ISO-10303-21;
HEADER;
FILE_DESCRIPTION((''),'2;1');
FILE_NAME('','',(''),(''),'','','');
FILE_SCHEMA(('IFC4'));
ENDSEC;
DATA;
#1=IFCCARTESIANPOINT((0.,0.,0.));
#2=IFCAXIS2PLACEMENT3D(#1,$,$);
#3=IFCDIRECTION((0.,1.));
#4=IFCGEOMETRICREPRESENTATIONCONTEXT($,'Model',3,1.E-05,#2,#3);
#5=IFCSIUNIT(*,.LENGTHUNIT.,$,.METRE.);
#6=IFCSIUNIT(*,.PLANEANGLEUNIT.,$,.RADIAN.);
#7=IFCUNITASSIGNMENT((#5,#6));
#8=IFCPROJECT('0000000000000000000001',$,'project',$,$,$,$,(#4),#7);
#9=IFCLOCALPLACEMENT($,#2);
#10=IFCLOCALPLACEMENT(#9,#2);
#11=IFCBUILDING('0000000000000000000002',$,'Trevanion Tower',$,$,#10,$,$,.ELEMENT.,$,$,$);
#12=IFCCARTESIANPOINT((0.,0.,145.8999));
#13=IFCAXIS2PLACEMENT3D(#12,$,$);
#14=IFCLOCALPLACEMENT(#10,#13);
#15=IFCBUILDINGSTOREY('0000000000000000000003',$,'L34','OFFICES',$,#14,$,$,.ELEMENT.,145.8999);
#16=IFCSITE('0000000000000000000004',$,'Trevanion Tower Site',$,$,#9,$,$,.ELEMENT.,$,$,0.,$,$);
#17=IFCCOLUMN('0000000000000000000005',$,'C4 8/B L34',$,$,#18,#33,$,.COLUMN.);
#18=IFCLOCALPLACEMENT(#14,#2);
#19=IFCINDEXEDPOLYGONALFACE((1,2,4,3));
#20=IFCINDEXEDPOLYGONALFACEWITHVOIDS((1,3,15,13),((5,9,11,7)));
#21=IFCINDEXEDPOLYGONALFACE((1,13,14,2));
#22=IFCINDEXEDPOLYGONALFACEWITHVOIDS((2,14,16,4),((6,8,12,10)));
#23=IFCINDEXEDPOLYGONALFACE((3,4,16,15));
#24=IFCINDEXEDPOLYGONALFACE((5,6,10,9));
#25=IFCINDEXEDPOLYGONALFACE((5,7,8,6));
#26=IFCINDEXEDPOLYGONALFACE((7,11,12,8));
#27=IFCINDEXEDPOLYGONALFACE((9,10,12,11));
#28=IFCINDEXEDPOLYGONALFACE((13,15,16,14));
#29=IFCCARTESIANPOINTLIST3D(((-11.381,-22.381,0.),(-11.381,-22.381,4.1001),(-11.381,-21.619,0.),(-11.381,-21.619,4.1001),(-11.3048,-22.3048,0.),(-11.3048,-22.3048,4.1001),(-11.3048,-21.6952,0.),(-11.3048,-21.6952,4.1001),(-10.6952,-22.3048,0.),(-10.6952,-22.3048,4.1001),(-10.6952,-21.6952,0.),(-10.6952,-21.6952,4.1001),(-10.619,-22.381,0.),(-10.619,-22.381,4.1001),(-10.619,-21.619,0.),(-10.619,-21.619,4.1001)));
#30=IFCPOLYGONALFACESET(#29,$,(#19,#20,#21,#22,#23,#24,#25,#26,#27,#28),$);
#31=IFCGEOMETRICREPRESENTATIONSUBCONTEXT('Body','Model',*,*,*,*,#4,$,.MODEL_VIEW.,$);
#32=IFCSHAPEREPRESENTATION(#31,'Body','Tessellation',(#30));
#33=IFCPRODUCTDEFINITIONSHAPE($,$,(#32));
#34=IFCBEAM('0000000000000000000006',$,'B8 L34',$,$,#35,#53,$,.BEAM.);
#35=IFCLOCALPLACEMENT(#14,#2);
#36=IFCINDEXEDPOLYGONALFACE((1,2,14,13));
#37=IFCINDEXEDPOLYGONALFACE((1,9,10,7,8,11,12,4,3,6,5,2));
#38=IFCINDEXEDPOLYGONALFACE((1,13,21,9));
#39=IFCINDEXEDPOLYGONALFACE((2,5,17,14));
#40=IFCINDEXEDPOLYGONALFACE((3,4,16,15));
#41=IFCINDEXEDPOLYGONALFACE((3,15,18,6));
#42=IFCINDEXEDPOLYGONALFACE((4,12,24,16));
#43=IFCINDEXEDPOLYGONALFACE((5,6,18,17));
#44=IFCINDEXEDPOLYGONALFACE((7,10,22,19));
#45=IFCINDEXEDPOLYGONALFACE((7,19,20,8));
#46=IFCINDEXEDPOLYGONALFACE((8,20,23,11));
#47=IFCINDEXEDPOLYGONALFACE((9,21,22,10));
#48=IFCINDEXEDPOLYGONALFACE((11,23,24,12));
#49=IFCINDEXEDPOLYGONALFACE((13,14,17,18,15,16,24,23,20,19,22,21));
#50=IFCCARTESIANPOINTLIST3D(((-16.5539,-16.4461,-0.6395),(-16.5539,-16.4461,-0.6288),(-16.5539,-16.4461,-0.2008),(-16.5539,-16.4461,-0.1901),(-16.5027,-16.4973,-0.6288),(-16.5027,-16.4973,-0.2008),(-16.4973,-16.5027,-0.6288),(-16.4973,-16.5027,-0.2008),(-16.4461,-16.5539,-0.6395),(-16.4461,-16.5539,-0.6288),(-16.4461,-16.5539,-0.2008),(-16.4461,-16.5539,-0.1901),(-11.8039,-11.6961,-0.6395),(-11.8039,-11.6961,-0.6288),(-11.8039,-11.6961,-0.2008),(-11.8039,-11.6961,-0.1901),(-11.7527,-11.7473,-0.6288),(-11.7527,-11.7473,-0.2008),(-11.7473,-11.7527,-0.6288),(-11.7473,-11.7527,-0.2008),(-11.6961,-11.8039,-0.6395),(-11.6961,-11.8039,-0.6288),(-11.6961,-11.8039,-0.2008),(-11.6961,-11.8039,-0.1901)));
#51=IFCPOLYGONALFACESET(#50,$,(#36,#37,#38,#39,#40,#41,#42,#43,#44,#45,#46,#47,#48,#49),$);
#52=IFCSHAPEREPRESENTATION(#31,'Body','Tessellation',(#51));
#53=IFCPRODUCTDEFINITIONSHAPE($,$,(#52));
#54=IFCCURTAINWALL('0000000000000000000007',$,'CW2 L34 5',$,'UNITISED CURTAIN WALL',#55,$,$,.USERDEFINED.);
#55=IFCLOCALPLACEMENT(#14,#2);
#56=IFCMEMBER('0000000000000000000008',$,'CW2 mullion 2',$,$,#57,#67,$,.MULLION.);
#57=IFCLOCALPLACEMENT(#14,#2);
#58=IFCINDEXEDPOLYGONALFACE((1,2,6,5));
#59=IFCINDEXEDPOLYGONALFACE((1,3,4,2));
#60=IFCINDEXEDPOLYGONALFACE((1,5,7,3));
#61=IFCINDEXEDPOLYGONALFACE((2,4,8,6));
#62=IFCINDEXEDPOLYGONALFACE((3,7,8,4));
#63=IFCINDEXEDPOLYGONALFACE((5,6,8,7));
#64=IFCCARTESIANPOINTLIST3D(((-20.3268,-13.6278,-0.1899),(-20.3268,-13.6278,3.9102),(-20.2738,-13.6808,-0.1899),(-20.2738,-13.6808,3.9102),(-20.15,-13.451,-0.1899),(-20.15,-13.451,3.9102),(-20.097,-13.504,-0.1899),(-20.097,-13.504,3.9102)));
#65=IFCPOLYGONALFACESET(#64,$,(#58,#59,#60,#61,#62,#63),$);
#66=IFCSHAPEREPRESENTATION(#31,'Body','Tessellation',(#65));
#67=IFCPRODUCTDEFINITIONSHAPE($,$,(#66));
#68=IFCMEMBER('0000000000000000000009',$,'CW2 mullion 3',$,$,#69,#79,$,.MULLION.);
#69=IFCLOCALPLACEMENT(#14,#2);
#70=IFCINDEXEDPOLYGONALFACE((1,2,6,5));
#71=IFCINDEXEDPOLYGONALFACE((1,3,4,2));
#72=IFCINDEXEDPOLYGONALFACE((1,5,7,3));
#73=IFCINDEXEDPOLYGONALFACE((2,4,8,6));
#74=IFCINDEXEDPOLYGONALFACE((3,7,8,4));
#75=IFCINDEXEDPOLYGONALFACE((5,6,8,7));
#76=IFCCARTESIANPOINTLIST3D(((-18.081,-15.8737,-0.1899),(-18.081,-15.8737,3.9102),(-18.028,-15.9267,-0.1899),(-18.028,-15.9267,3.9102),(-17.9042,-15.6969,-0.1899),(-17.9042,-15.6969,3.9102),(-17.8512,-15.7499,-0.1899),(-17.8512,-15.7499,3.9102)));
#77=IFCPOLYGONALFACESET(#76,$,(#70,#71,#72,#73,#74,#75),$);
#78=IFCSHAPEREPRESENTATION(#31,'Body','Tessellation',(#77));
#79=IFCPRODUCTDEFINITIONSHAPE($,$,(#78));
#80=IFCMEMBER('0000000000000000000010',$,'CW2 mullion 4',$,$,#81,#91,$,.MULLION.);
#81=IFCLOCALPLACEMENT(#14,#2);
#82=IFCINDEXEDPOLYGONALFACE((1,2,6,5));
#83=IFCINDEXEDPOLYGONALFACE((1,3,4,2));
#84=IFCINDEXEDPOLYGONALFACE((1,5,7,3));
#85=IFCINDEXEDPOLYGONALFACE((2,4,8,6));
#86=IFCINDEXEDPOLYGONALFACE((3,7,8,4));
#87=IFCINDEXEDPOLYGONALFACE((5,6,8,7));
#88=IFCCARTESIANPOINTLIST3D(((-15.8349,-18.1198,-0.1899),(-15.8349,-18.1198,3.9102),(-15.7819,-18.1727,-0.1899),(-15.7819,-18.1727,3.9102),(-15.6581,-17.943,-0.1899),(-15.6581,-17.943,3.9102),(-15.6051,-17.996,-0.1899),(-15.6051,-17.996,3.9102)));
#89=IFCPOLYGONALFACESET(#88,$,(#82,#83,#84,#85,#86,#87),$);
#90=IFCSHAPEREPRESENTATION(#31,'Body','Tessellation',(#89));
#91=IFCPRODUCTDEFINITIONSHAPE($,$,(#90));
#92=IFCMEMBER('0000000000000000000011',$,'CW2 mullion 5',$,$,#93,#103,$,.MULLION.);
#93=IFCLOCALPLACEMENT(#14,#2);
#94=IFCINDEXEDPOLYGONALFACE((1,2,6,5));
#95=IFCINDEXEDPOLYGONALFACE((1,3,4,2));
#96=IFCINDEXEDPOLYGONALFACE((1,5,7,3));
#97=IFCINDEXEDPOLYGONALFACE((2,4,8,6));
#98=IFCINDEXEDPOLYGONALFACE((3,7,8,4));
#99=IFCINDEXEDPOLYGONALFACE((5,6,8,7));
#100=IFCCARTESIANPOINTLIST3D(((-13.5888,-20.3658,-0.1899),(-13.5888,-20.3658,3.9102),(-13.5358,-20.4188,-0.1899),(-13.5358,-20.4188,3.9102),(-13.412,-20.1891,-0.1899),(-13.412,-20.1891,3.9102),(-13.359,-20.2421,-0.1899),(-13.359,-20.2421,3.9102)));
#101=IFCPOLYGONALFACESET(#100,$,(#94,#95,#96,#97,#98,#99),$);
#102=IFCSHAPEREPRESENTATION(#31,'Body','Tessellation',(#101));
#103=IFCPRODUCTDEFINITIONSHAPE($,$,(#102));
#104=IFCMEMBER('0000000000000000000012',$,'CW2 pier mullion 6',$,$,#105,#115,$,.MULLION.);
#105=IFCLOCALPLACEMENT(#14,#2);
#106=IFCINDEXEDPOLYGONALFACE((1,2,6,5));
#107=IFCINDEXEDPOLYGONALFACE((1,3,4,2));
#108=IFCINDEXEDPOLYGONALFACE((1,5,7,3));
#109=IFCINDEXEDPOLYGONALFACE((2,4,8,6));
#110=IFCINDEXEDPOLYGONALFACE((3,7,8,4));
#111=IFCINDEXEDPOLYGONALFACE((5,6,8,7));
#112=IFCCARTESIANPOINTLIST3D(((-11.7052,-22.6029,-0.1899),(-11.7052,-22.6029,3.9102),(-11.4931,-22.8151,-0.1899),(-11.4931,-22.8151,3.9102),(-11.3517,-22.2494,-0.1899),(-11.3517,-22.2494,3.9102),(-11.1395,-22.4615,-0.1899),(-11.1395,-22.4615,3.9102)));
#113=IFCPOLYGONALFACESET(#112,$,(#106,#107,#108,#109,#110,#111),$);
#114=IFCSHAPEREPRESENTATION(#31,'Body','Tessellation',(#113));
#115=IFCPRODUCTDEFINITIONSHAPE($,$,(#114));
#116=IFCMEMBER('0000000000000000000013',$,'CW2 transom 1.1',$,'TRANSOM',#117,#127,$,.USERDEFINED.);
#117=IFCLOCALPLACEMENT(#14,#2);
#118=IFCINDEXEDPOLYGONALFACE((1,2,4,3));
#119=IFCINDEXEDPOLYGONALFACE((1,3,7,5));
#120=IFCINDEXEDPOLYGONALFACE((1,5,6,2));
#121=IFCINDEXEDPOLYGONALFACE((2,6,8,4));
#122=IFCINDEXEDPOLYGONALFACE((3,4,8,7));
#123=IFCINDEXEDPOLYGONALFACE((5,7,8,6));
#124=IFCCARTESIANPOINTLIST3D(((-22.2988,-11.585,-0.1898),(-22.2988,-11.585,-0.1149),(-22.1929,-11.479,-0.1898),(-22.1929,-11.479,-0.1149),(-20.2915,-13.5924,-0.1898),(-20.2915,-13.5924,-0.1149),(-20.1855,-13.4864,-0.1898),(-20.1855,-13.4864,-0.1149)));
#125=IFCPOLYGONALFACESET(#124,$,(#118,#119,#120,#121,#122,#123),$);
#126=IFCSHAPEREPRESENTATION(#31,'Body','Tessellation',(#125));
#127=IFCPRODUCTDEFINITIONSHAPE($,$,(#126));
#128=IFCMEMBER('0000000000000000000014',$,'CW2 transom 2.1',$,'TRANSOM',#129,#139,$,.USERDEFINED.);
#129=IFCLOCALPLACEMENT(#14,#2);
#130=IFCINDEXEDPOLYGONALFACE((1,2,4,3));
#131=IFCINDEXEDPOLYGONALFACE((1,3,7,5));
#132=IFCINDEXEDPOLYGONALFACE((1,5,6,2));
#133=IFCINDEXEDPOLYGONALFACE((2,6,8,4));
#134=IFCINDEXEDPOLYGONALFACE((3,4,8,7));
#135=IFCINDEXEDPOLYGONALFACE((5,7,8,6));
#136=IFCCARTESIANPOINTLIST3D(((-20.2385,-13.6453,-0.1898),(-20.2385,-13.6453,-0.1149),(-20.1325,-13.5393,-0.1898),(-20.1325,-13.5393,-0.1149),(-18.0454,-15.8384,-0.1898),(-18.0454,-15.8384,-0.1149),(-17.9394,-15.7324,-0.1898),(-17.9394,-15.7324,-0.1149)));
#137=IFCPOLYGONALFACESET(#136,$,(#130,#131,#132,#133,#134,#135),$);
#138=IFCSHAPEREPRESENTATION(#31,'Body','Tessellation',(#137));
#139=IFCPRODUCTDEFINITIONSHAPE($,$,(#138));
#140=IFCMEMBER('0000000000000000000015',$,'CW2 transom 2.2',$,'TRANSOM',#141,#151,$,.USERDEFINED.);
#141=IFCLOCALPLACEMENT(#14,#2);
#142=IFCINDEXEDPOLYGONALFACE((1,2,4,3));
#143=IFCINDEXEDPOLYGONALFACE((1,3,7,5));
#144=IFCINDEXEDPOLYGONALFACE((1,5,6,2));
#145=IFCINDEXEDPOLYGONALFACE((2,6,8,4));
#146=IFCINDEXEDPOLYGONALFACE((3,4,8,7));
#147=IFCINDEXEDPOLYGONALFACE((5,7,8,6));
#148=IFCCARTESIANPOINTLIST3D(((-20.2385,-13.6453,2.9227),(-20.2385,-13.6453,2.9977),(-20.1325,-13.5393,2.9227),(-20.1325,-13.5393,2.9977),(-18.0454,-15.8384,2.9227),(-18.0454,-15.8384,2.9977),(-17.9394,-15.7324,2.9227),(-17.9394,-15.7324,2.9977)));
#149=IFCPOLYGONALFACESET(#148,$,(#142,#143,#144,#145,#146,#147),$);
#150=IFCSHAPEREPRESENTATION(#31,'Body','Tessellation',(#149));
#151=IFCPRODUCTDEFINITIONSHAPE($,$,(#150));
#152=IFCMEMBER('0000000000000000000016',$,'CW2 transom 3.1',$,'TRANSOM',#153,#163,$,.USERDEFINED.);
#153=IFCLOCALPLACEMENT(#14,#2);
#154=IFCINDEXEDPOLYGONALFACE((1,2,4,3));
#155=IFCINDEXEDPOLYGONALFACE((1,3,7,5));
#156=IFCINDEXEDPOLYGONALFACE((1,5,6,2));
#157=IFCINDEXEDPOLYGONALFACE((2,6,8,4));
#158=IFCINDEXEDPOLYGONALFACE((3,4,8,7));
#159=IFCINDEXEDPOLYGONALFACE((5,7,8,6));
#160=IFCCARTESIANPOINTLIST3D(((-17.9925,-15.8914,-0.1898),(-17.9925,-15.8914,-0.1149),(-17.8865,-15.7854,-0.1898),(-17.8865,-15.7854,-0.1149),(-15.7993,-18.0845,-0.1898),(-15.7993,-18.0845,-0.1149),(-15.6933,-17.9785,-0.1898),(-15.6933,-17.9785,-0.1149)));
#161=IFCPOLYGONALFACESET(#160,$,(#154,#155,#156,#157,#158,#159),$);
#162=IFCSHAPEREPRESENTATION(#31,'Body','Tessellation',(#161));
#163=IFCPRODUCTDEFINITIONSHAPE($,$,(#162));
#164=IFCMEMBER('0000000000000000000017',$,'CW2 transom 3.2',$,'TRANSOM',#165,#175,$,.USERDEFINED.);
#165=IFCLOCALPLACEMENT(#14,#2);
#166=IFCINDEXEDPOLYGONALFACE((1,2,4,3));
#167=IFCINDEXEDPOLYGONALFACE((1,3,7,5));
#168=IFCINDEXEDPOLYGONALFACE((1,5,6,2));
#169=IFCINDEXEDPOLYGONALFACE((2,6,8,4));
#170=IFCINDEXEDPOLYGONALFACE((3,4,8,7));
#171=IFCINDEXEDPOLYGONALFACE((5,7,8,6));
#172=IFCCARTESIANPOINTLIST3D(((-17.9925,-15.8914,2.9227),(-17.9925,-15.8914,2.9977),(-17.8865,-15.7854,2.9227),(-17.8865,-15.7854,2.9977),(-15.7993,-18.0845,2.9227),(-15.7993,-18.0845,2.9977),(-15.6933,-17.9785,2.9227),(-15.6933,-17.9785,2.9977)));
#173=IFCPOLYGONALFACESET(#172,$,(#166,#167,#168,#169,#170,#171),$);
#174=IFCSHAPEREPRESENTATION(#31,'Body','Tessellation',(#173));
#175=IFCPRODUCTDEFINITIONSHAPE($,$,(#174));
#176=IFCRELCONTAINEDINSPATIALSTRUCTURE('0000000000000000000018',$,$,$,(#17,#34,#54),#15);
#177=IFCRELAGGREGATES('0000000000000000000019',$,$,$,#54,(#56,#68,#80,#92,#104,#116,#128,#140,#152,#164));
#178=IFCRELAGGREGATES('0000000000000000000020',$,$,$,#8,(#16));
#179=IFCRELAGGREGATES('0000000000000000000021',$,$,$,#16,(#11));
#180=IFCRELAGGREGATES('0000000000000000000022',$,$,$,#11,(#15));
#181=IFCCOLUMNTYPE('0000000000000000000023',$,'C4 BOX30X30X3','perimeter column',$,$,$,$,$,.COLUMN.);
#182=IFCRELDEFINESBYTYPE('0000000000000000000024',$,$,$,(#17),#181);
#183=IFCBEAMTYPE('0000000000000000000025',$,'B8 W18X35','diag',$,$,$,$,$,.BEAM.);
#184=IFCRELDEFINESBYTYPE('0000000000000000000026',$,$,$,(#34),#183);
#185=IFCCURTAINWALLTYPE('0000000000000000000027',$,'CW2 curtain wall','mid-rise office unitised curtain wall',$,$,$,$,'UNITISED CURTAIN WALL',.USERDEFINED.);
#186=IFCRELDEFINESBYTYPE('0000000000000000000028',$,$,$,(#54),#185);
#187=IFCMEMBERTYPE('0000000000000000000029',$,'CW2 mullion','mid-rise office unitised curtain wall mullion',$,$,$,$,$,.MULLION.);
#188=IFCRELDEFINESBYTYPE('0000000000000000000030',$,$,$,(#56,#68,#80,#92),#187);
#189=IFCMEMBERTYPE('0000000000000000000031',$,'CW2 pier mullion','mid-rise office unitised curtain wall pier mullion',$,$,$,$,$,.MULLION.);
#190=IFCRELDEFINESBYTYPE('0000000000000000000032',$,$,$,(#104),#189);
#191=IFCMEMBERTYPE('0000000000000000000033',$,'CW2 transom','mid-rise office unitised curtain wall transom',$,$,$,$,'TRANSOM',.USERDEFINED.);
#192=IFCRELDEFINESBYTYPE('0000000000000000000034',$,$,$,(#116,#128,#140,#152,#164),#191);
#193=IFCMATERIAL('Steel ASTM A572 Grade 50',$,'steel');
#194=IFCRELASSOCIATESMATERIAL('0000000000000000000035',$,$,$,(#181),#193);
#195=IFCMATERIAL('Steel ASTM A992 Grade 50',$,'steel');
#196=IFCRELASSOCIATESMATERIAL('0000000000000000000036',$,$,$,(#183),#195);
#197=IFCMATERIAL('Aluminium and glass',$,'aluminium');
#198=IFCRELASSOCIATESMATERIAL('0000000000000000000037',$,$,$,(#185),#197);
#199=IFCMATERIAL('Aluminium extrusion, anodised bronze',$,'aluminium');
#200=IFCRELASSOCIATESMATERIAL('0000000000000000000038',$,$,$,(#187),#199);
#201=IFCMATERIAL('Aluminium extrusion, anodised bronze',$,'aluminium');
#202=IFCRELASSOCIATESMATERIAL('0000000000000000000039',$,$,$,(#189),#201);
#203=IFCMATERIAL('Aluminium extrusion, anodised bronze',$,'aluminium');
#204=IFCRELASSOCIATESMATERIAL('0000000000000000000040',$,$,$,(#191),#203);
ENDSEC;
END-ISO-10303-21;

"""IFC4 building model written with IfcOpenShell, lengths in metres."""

from ifc_helpers import new_model, si_unit, direction, frame, origin, origin_2d, place, context, subcontext, project, spatial, rectangle, hollow_rectangle, i_section, extrude, material, material_profile, profile_set, type_object, element, aggregate, save


model = new_model("IFC4")

# Units and contexts
model_context = context("Model", 3, precision=1e-05, world=origin(), true_north=direction((0.0, 1.0)))
body_context = subcontext(model_context, "Body", "Model", "MODEL_VIEW")
ifc_project = project(units=[si_unit("LENGTHUNIT", "METRE"), si_unit("PLANEANGLEUNIT", "RADIAN")], contexts=[model_context])

# Site, building, storey
site_placement = place(None, origin())
site = spatial("IfcSite", under=ifc_project, at=site_placement, Name="Trevanion Tower Site", CompositionType="ELEMENT", RefElevation=0.0)
building_placement = place(site_placement, origin())
building = spatial("IfcBuilding", under=site, at=building_placement, Name="Trevanion Tower", CompositionType="ELEMENT")
storey_placement = place(building_placement, frame((0.0, 0.0, 145.8999)))
storey = spatial("IfcBuildingStorey", under=building, at=storey_placement, Name="L34", Description="OFFICES", CompositionType="ELEMENT", Elevation=145.8999)

# Column
ifc_material_1 = material(Name="Steel ASTM A572 Grade 50", Category="steel")
ifc_material_profile_1 = material_profile(ifc_material_1, hollow_rectangle(XDim=0.762, YDim=0.762, WallThickness=0.0762, at=origin_2d()), Name="BOX30X30X3")
ifc_profile_set_1 = profile_set([ifc_material_profile_1], Name="Steel ASTM A572 Grade 50")
column_type = type_object("IfcColumnType", Name="C4 BOX30X30X3", Description="perimeter column", PredefinedType="COLUMN", material=ifc_profile_set_1)
column_placement = place(storey_placement, frame((-11.0, -22.0, 0.0), z_axis=(0.0, 0.0, 1.0), x_axis=(1.0, 0.0, 0.0)))
element("IfcColumn", 1, at=column_placement, inside=storey, type_object=column_type, Name="C4 8/B L34", PredefinedType="COLUMN", context=body_context, shape_type="SweptSolid", body=[
    extrude(hollow_rectangle(XDim=0.762, YDim=0.762, WallThickness=0.0762, at=origin_2d()), origin(), (0.0, 0.0, 1.0), 4.1001),
])

# Beam
ifc_material_2 = material(Name="Steel ASTM A992 Grade 50", Category="steel")
ifc_material_profile_2 = material_profile(ifc_material_2, i_section(OverallWidth=0.1523, OverallDepth=0.4495, WebThickness=0.0076, FlangeThickness=0.0107, at=origin_2d()), Name="W18X35")
ifc_profile_set_2 = profile_set([ifc_material_profile_2], Name="Steel ASTM A992 Grade 50")
beam_type_1 = type_object("IfcBeamType", Name="B8 W18X35", Description="diag", PredefinedType="BEAM", material=ifc_profile_set_2)
beam_1_placement = place(storey_placement, frame((-11.75, -11.75, -0.4148), z_axis=(-0.707107, -0.707107, 0.0), x_axis=(0.707107, -0.707107, 0.0)))
element("IfcBeam", 2, at=beam_1_placement, inside=storey, type_object=beam_type_1, Name="B8 L34", PredefinedType="BEAM", context=body_context, shape_type="SweptSolid", body=[
    extrude(i_section(OverallWidth=0.1523, OverallDepth=0.4495, WebThickness=0.0076, FlangeThickness=0.0107, at=origin_2d()), origin(), (0.0, 0.0, 1.0), 6.7175),
])

# Curtain wall, members
ifc_material_3 = material(Name="Aluminium and glass", Category="aluminium")
curtain_wall_type = type_object("IfcCurtainWallType", Name="CW2 curtain wall", Description="mid-rise office unitised curtain wall", ElementType="UNITISED CURTAIN WALL", PredefinedType="USERDEFINED", material=ifc_material_3)
curtain_wall_placement = place(storey_placement, origin())
curtain_wall = element("IfcCurtainWall", 3, at=curtain_wall_placement, inside=storey, type_object=curtain_wall_type, Name="CW2 L34 5", ObjectType="UNITISED CURTAIN WALL", PredefinedType="USERDEFINED")
ifc_material_4 = material(Name="Aluminium extrusion, anodised bronze", Category="aluminium")
ifc_material_profile_3 = material_profile(ifc_material_4, rectangle(XDim=0.075, YDim=0.25, at=origin_2d()), Name="CW2 mullion")
ifc_profile_set_3 = profile_set([ifc_material_profile_3], Name="Aluminium extrusion, anodised bronze")
member_type_1 = type_object("IfcMemberType", Name="CW2 mullion", Description="mid-rise office unitised curtain wall mullion", PredefinedType="MULLION", material=ifc_profile_set_3)
member_1_placement = place(storey_placement, frame((-20.2119, -13.5659, -0.1899), z_axis=(0.0, 0.0, 1.0), x_axis=(0.707107, -0.707107, 0.0)))
member_1 = element("IfcMember", 4, at=member_1_placement, type_object=member_type_1, Name="CW2 mullion 2", PredefinedType="MULLION", context=body_context, shape_type="SweptSolid", body=[
    extrude(rectangle(XDim=0.075, YDim=0.25, at=origin_2d()), origin(), (0.0, 0.0, 1.0), 4.1001),
])
member_2_placement = place(storey_placement, frame((-17.9661, -15.8118, -0.1899), z_axis=(0.0, 0.0, 1.0), x_axis=(0.707107, -0.707107, 0.0)))
member_2 = element("IfcMember", 5, at=member_2_placement, type_object=member_type_1, Name="CW2 mullion 3", PredefinedType="MULLION", context=body_context, shape_type="SweptSolid", body=[
    extrude(rectangle(XDim=0.075, YDim=0.25, at=origin_2d()), origin(), (0.0, 0.0, 1.0), 4.1001),
])
member_3_placement = place(storey_placement, frame((-15.72, -18.0579, -0.1899), z_axis=(0.0, 0.0, 1.0), x_axis=(0.707107, -0.707107, 0.0)))
member_3 = element("IfcMember", 6, at=member_3_placement, type_object=member_type_1, Name="CW2 mullion 4", PredefinedType="MULLION", context=body_context, shape_type="SweptSolid", body=[
    extrude(rectangle(XDim=0.075, YDim=0.25, at=origin_2d()), origin(), (0.0, 0.0, 1.0), 4.1001),
])
member_4_placement = place(storey_placement, frame((-13.4739, -20.304, -0.1899), z_axis=(0.0, 0.0, 1.0), x_axis=(0.707107, -0.707107, 0.0)))
member_4 = element("IfcMember", 7, at=member_4_placement, type_object=member_type_1, Name="CW2 mullion 5", PredefinedType="MULLION", context=body_context, shape_type="SweptSolid", body=[
    extrude(rectangle(XDim=0.075, YDim=0.25, at=origin_2d()), origin(), (0.0, 0.0, 1.0), 4.1001),
])
ifc_material_5 = material(Name="Aluminium extrusion, anodised bronze", Category="aluminium")
ifc_material_profile_4 = material_profile(ifc_material_5, rectangle(XDim=0.3, YDim=0.5, at=origin_2d()), Name="CW2 pier mullion")
ifc_profile_set_4 = profile_set([ifc_material_profile_4], Name="Aluminium extrusion, anodised bronze")
member_type_2 = type_object("IfcMemberType", Name="CW2 pier mullion", Description="mid-rise office unitised curtain wall pier mullion", PredefinedType="MULLION", material=ifc_profile_set_4)
member_5_placement = place(storey_placement, frame((-11.4224, -22.5322, -0.1899), z_axis=(0.0, 0.0, 1.0), x_axis=(0.707107, -0.707107, 0.0)))
member_5 = element("IfcMember", 8, at=member_5_placement, type_object=member_type_2, Name="CW2 pier mullion 6", PredefinedType="MULLION", context=body_context, shape_type="SweptSolid", body=[
    extrude(rectangle(XDim=0.3, YDim=0.5, at=origin_2d()), origin(), (0.0, 0.0, 1.0), 4.1001),
])
ifc_material_6 = material(Name="Aluminium extrusion, anodised bronze", Category="aluminium")
ifc_material_profile_5 = material_profile(ifc_material_6, rectangle(XDim=0.1499, YDim=0.075, at=origin_2d()), Name="CW2 transom")
ifc_profile_set_5 = profile_set([ifc_material_profile_5], Name="Aluminium extrusion, anodised bronze")
member_type_3 = type_object("IfcMemberType", Name="CW2 transom", Description="mid-rise office unitised curtain wall transom", ElementType="TRANSOM", PredefinedType="USERDEFINED", material=ifc_profile_set_5)
member_6_placement = place(storey_placement, frame((-22.2458, -11.532, -0.1523), z_axis=(0.707107, -0.707107, 0.0), x_axis=(0.707107, 0.707107, 0.0)))
member_6 = element("IfcMember", 9, at=member_6_placement, type_object=member_type_3, Name="CW2 transom 1.1", ObjectType="TRANSOM", PredefinedType="USERDEFINED", context=body_context, shape_type="SweptSolid", body=[
    extrude(rectangle(XDim=0.1499, YDim=0.075, at=origin_2d()), origin(), (0.0, 0.0, 1.0), 2.8389),
])
member_7_placement = place(storey_placement, frame((-20.1855, -13.5923, -0.1523), z_axis=(0.707107, -0.707107, 0.0), x_axis=(0.707107, 0.707107, 0.0)))
member_7 = element("IfcMember", 10, at=member_7_placement, type_object=member_type_3, Name="CW2 transom 2.1", ObjectType="TRANSOM", PredefinedType="USERDEFINED", context=body_context, shape_type="SweptSolid", body=[
    extrude(rectangle(XDim=0.1499, YDim=0.075, at=origin_2d()), origin(), (0.0, 0.0, 1.0), 3.1016),
])
member_8_placement = place(storey_placement, frame((-20.1855, -13.5923, 2.9602), z_axis=(0.707107, -0.707107, 0.0), x_axis=(0.707107, 0.707107, 0.0)))
member_8 = element("IfcMember", 11, at=member_8_placement, type_object=member_type_3, Name="CW2 transom 2.2", ObjectType="TRANSOM", PredefinedType="USERDEFINED", context=body_context, shape_type="SweptSolid", body=[
    extrude(rectangle(XDim=0.1499, YDim=0.075, at=origin_2d()), origin(), (0.0, 0.0, 1.0), 3.1016),
])
member_9_placement = place(storey_placement, frame((-17.9395, -15.8384, -0.1523), z_axis=(0.707107, -0.707107, 0.0), x_axis=(0.707107, 0.707107, 0.0)))
member_9 = element("IfcMember", 12, at=member_9_placement, type_object=member_type_3, Name="CW2 transom 3.1", ObjectType="TRANSOM", PredefinedType="USERDEFINED", context=body_context, shape_type="SweptSolid", body=[
    extrude(rectangle(XDim=0.1499, YDim=0.075, at=origin_2d()), origin(), (0.0, 0.0, 1.0), 3.1016),
])
member_10_placement = place(storey_placement, frame((-17.9395, -15.8384, 2.9602), z_axis=(0.707107, -0.707107, 0.0), x_axis=(0.707107, 0.707107, 0.0)))
member_10 = element("IfcMember", 13, at=member_10_placement, type_object=member_type_3, Name="CW2 transom 3.2", ObjectType="TRANSOM", PredefinedType="USERDEFINED", context=body_context, shape_type="SweptSolid", body=[
    extrude(rectangle(XDim=0.1499, YDim=0.075, at=origin_2d()), origin(), (0.0, 0.0, 1.0), 3.1016),
])

aggregate(curtain_wall, [member_1, member_2, member_3, member_4, member_5, member_6, member_7, member_8, member_9, member_10])

save(model, "model.ifc")
